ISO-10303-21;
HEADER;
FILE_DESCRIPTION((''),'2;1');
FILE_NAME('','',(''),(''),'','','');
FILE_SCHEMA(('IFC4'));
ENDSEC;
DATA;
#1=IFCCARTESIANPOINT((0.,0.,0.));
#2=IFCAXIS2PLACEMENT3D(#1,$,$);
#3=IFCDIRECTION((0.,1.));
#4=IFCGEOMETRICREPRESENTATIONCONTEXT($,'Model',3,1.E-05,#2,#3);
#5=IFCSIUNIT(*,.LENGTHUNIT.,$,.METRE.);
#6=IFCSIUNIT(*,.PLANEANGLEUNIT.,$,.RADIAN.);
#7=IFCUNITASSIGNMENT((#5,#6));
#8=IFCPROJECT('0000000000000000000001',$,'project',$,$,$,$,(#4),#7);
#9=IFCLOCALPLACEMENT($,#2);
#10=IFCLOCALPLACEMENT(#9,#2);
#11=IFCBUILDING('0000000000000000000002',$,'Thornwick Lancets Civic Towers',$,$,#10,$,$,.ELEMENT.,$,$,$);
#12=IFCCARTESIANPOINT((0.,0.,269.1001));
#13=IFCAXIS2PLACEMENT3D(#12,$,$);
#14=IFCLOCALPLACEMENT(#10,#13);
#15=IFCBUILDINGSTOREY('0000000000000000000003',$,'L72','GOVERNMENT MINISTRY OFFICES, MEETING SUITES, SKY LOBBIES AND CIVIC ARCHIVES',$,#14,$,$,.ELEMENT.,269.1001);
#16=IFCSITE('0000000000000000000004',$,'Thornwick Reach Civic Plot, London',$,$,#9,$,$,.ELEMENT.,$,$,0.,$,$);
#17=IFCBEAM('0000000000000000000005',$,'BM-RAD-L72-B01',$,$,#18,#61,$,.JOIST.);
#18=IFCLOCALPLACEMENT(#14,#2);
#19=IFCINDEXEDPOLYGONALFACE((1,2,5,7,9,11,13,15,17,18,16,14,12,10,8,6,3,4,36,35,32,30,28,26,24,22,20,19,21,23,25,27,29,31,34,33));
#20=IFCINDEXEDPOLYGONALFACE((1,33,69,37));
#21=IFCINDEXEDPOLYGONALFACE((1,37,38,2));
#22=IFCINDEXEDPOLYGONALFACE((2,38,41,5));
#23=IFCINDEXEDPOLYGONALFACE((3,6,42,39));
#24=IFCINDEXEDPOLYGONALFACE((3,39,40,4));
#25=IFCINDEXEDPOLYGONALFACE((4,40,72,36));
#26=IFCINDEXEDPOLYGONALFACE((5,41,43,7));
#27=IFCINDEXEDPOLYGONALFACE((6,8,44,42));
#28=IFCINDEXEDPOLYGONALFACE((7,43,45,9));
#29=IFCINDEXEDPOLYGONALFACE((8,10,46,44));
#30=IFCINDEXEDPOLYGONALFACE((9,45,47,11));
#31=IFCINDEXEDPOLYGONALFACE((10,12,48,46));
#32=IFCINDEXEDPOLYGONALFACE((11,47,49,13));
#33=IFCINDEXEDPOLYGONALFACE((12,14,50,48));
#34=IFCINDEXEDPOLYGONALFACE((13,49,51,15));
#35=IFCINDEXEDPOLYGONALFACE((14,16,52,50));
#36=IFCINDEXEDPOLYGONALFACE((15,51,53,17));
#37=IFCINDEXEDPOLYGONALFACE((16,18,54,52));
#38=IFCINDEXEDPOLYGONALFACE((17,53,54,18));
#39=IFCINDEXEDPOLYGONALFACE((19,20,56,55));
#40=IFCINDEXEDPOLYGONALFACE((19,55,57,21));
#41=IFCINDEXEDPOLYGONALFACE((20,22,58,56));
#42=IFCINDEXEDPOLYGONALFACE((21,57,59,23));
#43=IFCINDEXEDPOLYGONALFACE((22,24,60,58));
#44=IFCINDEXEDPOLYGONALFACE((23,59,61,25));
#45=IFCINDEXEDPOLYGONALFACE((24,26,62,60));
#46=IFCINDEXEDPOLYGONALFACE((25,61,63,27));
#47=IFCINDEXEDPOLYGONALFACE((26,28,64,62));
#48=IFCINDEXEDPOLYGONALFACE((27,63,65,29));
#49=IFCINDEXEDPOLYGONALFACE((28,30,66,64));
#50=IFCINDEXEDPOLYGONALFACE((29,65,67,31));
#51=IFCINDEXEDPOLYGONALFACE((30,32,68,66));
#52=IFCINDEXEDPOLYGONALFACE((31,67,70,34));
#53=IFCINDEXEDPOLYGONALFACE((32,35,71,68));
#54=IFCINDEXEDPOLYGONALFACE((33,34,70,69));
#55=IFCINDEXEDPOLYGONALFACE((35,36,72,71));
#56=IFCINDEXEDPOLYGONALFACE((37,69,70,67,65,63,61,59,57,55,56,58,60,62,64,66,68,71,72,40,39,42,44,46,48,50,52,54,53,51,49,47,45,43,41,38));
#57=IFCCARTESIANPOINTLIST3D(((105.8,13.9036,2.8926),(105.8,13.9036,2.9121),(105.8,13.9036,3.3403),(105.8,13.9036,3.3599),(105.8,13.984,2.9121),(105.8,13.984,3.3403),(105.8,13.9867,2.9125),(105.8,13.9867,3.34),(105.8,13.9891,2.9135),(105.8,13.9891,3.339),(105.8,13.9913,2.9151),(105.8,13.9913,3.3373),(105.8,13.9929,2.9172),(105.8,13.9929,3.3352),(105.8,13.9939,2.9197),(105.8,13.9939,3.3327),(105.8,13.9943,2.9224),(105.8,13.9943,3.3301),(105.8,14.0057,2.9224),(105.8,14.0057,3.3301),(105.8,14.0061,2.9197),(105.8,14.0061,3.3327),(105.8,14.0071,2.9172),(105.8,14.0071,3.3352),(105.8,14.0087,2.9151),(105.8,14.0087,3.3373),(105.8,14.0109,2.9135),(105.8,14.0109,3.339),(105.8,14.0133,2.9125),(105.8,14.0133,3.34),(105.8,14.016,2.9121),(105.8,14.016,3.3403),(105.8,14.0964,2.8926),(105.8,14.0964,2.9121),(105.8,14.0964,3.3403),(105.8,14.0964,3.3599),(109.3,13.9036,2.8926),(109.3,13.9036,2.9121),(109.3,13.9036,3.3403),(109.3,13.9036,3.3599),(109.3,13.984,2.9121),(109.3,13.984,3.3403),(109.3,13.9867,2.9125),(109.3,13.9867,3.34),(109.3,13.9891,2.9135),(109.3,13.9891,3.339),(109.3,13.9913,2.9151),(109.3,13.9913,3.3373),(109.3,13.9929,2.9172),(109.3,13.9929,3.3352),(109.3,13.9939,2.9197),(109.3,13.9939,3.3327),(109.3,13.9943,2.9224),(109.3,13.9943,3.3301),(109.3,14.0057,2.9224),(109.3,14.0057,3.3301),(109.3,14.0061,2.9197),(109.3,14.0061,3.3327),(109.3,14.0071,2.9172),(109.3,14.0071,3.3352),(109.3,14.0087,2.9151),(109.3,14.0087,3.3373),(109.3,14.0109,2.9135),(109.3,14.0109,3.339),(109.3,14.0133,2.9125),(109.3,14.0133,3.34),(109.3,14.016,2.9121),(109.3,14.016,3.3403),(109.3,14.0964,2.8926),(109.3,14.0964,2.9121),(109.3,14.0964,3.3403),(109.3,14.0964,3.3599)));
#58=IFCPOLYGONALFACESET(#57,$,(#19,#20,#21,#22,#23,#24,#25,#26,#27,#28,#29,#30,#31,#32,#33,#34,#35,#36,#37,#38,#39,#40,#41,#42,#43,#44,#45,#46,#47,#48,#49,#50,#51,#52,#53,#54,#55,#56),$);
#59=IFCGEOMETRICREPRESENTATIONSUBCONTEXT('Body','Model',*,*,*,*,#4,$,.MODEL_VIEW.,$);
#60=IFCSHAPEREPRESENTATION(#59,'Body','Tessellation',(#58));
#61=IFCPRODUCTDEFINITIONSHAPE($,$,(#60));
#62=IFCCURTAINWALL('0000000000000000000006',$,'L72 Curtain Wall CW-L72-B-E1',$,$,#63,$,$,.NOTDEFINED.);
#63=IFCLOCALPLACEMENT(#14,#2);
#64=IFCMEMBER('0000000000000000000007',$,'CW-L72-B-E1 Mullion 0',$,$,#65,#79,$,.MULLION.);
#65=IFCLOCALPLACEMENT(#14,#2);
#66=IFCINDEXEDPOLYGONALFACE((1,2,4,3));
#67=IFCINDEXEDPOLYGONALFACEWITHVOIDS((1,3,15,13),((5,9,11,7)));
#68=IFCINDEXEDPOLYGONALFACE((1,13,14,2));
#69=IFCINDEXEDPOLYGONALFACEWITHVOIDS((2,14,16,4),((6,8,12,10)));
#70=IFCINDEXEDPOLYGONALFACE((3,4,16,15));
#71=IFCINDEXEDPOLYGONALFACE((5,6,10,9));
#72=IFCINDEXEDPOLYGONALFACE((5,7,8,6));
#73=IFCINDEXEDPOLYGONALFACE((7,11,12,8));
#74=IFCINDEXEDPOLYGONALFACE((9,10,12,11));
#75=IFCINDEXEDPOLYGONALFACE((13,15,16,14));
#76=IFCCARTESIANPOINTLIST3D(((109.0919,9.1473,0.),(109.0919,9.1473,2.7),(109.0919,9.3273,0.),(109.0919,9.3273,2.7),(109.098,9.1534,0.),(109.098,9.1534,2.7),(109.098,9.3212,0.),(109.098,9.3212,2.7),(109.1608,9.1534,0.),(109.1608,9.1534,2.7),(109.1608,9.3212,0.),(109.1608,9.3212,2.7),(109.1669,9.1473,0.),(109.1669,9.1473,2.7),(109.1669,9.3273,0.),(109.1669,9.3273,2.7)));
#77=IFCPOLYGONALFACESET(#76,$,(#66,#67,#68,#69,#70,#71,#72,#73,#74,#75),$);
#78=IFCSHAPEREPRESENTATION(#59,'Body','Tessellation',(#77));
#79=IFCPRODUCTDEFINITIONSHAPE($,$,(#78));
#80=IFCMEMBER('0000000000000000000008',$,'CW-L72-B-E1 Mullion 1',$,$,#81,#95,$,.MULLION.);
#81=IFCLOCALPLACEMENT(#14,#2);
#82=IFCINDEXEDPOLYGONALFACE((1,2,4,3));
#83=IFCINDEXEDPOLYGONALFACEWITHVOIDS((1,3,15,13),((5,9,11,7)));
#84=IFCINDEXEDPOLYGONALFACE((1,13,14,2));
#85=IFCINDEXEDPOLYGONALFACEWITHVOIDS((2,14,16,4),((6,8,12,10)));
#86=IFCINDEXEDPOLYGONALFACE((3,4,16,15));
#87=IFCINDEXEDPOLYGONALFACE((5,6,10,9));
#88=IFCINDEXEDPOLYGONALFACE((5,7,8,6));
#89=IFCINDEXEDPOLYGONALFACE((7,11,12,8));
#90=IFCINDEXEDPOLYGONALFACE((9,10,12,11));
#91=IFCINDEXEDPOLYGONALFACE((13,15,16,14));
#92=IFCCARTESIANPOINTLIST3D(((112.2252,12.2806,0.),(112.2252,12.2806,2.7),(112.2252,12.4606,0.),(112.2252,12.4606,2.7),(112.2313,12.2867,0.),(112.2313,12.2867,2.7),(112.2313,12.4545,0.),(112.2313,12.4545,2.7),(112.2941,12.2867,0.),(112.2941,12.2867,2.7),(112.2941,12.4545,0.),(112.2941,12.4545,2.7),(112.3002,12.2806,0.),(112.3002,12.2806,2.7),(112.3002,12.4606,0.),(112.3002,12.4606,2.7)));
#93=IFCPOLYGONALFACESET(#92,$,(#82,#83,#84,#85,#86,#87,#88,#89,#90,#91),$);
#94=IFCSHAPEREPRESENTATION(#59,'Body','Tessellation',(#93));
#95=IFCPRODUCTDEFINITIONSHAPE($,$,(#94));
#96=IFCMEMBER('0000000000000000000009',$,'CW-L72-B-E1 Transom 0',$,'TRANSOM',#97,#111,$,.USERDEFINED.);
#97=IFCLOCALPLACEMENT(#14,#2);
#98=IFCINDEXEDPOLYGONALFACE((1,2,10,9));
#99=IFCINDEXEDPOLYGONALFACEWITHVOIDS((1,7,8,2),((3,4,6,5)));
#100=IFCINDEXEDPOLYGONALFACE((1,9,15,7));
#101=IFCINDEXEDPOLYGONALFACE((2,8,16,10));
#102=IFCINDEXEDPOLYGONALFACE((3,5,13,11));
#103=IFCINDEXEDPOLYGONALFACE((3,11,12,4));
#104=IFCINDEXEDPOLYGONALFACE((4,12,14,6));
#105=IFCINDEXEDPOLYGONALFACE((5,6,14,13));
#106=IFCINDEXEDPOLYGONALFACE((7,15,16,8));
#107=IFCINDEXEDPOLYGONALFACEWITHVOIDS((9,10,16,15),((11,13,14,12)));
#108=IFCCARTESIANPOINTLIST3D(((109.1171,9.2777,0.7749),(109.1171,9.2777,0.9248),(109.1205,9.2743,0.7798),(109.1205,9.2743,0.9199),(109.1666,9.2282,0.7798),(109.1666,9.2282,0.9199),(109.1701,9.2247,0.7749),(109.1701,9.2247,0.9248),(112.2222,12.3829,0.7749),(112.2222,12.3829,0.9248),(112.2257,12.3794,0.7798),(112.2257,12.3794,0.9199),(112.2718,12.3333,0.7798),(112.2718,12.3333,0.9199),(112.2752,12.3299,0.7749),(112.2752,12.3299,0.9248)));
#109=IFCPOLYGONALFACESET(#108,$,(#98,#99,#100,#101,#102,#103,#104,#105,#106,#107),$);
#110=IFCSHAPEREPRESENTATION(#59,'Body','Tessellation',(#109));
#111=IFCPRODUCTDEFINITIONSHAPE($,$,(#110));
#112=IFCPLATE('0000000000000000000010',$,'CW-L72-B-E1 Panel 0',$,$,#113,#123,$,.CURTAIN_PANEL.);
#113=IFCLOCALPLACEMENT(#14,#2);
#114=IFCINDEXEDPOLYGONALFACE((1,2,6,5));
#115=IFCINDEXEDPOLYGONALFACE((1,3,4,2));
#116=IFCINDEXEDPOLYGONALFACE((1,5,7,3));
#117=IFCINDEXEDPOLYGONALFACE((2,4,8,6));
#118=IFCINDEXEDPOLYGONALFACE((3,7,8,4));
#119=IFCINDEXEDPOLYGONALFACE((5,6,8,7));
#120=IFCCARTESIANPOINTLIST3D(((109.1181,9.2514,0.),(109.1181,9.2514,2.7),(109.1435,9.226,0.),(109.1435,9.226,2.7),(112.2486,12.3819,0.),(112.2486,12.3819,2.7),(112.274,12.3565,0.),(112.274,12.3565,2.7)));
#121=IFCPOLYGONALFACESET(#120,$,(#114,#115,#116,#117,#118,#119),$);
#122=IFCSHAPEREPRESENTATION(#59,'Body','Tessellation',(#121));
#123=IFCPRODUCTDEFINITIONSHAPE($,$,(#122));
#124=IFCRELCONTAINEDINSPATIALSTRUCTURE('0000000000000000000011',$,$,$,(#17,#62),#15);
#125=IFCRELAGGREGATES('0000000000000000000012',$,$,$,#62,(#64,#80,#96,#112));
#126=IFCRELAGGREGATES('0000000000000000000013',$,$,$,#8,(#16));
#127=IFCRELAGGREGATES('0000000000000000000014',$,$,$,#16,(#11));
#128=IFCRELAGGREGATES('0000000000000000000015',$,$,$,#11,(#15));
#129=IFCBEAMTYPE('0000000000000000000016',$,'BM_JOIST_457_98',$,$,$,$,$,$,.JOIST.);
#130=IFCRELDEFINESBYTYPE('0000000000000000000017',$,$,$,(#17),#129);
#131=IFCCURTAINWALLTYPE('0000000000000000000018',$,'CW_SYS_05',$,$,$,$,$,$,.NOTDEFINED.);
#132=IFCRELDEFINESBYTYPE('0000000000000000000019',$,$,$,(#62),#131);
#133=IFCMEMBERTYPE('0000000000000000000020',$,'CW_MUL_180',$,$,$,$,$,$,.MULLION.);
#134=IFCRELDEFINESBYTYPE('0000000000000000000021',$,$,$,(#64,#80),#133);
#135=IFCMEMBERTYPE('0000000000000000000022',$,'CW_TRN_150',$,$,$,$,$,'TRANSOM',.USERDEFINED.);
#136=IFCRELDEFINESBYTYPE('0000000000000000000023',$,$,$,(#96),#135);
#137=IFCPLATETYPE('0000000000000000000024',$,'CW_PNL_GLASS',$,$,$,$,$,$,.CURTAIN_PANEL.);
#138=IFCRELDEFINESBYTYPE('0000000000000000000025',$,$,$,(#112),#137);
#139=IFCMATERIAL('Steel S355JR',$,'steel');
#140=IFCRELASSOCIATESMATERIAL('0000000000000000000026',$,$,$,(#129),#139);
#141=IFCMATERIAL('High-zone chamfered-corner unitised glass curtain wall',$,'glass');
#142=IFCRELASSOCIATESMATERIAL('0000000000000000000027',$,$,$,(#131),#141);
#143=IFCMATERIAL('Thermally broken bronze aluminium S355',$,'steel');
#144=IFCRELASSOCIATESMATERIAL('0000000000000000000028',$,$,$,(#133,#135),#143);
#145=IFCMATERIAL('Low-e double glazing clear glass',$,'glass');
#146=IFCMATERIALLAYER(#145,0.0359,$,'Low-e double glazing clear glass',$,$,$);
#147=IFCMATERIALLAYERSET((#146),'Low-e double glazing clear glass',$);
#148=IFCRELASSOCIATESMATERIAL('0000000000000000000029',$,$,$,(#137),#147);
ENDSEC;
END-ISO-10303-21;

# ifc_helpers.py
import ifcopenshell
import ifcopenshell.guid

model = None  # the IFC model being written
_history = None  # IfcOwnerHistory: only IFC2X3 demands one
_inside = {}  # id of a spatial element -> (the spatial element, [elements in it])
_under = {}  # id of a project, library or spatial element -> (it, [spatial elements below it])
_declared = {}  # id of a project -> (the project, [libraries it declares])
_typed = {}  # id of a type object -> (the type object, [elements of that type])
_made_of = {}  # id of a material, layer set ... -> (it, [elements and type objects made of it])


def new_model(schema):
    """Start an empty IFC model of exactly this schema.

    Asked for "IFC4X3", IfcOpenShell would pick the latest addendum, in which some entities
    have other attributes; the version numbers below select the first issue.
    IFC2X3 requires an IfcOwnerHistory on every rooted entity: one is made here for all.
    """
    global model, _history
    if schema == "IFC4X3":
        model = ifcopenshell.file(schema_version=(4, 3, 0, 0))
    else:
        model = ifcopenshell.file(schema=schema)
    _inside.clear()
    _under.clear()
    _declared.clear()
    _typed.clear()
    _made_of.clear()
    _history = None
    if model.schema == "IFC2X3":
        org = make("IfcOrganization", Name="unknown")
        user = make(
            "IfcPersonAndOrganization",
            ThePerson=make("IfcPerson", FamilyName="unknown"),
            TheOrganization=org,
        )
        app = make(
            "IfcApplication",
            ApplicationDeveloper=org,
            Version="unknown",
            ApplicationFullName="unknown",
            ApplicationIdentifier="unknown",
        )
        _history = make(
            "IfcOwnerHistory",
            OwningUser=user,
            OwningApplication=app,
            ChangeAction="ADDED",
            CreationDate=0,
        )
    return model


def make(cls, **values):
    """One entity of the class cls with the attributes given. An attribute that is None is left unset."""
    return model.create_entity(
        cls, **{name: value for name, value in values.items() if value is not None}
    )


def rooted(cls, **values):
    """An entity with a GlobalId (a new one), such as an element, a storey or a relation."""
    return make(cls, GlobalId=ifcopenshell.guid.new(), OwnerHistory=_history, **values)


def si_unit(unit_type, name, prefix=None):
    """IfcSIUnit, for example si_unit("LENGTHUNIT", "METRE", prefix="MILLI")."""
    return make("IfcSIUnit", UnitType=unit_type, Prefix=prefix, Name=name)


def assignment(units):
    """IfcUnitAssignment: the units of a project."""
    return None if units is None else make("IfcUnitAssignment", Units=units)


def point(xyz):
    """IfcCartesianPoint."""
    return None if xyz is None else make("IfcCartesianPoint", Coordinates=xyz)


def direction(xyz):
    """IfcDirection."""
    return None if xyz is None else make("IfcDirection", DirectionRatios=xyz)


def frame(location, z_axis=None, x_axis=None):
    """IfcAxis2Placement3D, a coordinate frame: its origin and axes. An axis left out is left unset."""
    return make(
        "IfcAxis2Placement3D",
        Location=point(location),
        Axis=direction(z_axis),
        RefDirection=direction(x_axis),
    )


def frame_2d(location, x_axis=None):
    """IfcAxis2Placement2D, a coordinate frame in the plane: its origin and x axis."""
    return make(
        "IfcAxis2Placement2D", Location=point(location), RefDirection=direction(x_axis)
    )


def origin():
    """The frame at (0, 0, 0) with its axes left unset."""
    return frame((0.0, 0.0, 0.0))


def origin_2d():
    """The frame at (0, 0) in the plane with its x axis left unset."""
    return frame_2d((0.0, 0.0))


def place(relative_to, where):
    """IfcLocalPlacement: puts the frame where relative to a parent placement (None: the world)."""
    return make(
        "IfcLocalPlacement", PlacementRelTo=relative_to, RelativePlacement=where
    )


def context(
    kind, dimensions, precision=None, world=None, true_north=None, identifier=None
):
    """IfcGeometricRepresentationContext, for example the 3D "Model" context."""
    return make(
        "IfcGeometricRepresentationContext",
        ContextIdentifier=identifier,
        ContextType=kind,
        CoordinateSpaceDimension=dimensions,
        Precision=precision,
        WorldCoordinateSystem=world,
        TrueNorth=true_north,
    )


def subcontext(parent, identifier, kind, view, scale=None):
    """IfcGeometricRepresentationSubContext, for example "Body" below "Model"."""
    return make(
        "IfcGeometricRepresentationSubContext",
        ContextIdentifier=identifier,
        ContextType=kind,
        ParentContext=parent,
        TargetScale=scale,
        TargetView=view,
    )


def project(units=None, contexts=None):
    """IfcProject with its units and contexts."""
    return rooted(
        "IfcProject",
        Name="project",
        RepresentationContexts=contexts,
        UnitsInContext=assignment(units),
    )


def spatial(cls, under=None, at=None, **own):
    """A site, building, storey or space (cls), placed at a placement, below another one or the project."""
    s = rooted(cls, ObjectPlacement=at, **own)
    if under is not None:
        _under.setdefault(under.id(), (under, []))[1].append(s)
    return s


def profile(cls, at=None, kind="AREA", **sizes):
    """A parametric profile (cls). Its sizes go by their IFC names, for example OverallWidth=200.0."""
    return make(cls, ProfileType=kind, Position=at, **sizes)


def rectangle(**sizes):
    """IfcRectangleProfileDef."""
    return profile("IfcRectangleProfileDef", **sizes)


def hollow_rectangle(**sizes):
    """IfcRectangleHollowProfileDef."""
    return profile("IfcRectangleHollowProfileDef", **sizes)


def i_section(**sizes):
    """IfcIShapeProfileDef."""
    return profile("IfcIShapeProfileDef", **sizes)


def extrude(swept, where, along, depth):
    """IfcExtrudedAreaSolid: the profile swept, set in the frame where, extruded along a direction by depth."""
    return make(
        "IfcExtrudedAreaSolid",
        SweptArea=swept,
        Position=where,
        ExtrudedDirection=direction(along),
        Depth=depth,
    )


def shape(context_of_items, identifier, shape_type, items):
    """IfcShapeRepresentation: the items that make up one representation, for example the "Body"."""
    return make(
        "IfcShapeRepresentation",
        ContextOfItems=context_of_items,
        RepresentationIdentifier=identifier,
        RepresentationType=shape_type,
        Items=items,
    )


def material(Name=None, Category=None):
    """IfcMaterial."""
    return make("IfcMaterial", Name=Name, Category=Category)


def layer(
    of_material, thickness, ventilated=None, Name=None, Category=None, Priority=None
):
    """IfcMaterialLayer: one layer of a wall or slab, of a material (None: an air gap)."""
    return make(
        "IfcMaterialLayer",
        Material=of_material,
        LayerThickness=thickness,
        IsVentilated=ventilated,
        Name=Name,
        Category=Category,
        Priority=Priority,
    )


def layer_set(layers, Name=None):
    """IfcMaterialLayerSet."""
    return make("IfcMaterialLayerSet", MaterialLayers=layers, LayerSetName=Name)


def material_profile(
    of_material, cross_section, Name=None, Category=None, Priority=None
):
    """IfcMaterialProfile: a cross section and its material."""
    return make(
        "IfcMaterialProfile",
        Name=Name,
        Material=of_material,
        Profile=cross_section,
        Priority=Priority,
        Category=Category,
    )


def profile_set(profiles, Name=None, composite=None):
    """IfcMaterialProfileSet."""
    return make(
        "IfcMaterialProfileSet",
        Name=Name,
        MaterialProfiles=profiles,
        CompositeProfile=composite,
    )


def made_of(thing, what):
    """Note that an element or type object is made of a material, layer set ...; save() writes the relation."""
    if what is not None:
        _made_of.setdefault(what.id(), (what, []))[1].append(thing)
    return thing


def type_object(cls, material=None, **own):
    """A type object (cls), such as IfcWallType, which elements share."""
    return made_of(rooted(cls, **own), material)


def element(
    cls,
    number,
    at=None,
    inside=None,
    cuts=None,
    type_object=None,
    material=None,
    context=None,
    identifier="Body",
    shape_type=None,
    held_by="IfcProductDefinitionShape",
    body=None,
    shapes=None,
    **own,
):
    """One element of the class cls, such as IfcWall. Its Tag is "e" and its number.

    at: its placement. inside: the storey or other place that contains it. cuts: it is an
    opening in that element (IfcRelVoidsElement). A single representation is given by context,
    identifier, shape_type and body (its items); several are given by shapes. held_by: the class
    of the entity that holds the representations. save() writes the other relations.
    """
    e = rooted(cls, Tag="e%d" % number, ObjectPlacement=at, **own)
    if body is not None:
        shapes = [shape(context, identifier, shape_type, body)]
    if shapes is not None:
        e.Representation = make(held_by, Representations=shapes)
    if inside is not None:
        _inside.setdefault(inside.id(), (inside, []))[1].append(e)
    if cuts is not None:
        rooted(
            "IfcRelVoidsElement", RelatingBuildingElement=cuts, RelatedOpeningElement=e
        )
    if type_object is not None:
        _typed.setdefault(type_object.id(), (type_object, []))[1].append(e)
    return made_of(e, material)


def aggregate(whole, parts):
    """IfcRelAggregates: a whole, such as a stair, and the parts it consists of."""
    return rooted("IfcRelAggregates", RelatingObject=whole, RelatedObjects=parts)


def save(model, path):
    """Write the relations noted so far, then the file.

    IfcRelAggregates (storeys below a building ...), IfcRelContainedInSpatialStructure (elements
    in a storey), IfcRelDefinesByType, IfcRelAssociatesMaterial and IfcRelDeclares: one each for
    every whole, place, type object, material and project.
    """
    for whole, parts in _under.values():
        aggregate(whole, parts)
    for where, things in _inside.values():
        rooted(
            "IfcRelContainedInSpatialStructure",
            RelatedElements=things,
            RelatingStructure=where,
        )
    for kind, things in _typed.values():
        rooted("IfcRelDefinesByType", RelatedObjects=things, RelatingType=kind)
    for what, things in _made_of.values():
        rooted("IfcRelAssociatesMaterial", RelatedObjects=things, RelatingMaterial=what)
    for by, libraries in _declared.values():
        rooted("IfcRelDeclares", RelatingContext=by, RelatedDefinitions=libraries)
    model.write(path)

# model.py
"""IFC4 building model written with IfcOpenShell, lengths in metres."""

from ifc_helpers import new_model, si_unit, direction, frame, origin, origin_2d, place, context, subcontext, project, spatial, rectangle, hollow_rectangle, i_section, extrude, material, layer, layer_set, material_profile, profile_set, type_object, element, aggregate, save


model = new_model("IFC4")

# Units and contexts
model_context = context("Model", 3, precision=1e-05, world=origin(), true_north=direction((0.0, 1.0)))
body_context = subcontext(model_context, "Body", "Model", "MODEL_VIEW")
ifc_project = project(units=[si_unit("LENGTHUNIT", "METRE"), si_unit("PLANEANGLEUNIT", "RADIAN")], contexts=[model_context])

# Site, building, storey
site_placement = place(None, origin())
site = spatial("IfcSite", under=ifc_project, at=site_placement, Name="Thornwick Reach Civic Plot, London", CompositionType="ELEMENT", RefElevation=0.0)
building_placement = place(site_placement, origin())
building = spatial("IfcBuilding", under=site, at=building_placement, Name="Thornwick Lancets Civic Towers", CompositionType="ELEMENT")
storey_placement = place(building_placement, frame((0.0, 0.0, 269.1001)))
storey = spatial("IfcBuildingStorey", under=building, at=storey_placement, Name="L72", Description="GOVERNMENT MINISTRY OFFICES, MEETING SUITES, SKY LOBBIES AND CIVIC ARCHIVES", CompositionType="ELEMENT", Elevation=269.1001)

# Shared definitions
ifc_material_1 = material(Name="Steel S355JR", Category="steel")

# Beam
ifc_material_profile_1 = material_profile(ifc_material_1, i_section(OverallWidth=0.1929, OverallDepth=0.4673, WebThickness=0.0115, FlangeThickness=0.0195, FilletRadius=0.0103, at=origin_2d()), Name="UKB 457x191x98")
ifc_profile_set_1 = profile_set([ifc_material_profile_1], Name="Steel S355JR")
beam_type_1 = type_object("IfcBeamType", Name="BM_JOIST_457_98", PredefinedType="JOIST", material=ifc_profile_set_1)
beam_placement = place(storey_placement, frame((105.8, 14.0, 3.1262), z_axis=(1.0, 0.0, 0.0), x_axis=(0.0, 1.0, 0.0)))
element("IfcBeam", 1, at=beam_placement, inside=storey, type_object=beam_type_1, Name="BM-RAD-L72-B01", PredefinedType="JOIST", context=body_context, shape_type="SweptSolid", body=[
    extrude(i_section(OverallWidth=0.1929, OverallDepth=0.4673, WebThickness=0.0115, FlangeThickness=0.0195, FilletRadius=0.0103, at=origin_2d()), origin(), (0.0, 0.0, 1.0), 3.5),
])

# Curtain wall, members, plate
ifc_material_2 = material(Name="High-zone chamfered-corner unitised glass curtain wall", Category="glass")
curtain_wall_type = type_object("IfcCurtainWallType", Name="CW_SYS_05", PredefinedType="NOTDEFINED", material=ifc_material_2)
curtain_wall_placement = place(storey_placement, origin())
curtain_wall = element("IfcCurtainWall", 2, at=curtain_wall_placement, inside=storey, type_object=curtain_wall_type, Name="L72 Curtain Wall CW-L72-B-E1", PredefinedType="NOTDEFINED")
ifc_material_3 = material(Name="Thermally broken bronze aluminium S355", Category="steel")
ifc_material_profile_2 = material_profile(ifc_material_3, hollow_rectangle(XDim=0.075, YDim=0.1799, WallThickness=0.0061, at=origin_2d()), Name="RHS 180x75x6")
ifc_profile_set_2 = profile_set([ifc_material_profile_2], Name="Thermally broken bronze aluminium S355")
member_type_1 = type_object("IfcMemberType", Name="CW_MUL_180", PredefinedType="MULLION", material=ifc_profile_set_2)
member_1_placement = place(storey_placement, frame((109.1294, 9.2373, 0.0), z_axis=(0.0, 0.0, 1.0), x_axis=(1.0, 0.0, 0.0)))
member_1 = element("IfcMember", 3, at=member_1_placement, type_object=member_type_1, Name="CW-L72-B-E1 Mullion 0", PredefinedType="MULLION", context=body_context, shape_type="SweptSolid", body=[
    extrude(hollow_rectangle(XDim=0.075, YDim=0.1799, WallThickness=0.0061, at=origin_2d()), origin(), (0.0, 0.0, 1.0), 2.7),
])
member_2_placement = place(storey_placement, frame((112.2627, 12.3706, 0.0), z_axis=(0.0, 0.0, 1.0), x_axis=(1.0, 0.0, 0.0)))
member_2 = element("IfcMember", 4, at=member_2_placement, type_object=member_type_1, Name="CW-L72-B-E1 Mullion 1", PredefinedType="MULLION", context=body_context, shape_type="SweptSolid", body=[
    extrude(hollow_rectangle(XDim=0.075, YDim=0.1799, WallThickness=0.0061, at=origin_2d()), origin(), (0.0, 0.0, 1.0), 2.7),
])
ifc_material_profile_3 = material_profile(ifc_material_3, hollow_rectangle(XDim=0.075, YDim=0.1499, WallThickness=0.0049, at=origin_2d()), Name="RHS 150x75x5")
ifc_profile_set_3 = profile_set([ifc_material_profile_3], Name="Thermally broken bronze aluminium S355")
member_type_2 = type_object("IfcMemberType", Name="CW_TRN_150", ElementType="TRANSOM", PredefinedType="USERDEFINED", material=ifc_profile_set_3)
member_3_placement = place(storey_placement, frame((109.1436, 9.2512, 0.8499), z_axis=(0.707107, 0.707107, 0.0), x_axis=(-0.707107, 0.707107, 0.0)))
member_3 = element("IfcMember", 5, at=member_3_placement, type_object=member_type_2, Name="CW-L72-B-E1 Transom 0", ObjectType="TRANSOM", PredefinedType="USERDEFINED", context=body_context, shape_type="SweptSolid", body=[
    extrude(hollow_rectangle(XDim=0.075, YDim=0.1499, WallThickness=0.0049, at=origin_2d()), origin(), (0.0, 0.0, 1.0), 4.3914),
])
ifc_material_4 = material(Name="Low-e double glazing clear glass", Category="glass")
ifc_layer_1 = layer(ifc_material_4, 0.0359, Name="Low-e double glazing clear glass")
ifc_layer_set_1 = layer_set([ifc_layer_1], Name="Low-e double glazing clear glass")
plate_type = type_object("IfcPlateType", Name="CW_PNL_GLASS", PredefinedType="CURTAIN_PANEL", material=ifc_layer_set_1)
plate_placement = place(storey_placement, frame((110.696, 10.804, 0.0), z_axis=(0.0, 0.0, 1.0), x_axis=(0.707107, 0.707107, 0.0)))
plate = element("IfcPlate", 6, at=plate_placement, type_object=plate_type, Name="CW-L72-B-E1 Panel 0", PredefinedType="CURTAIN_PANEL", context=body_context, shape_type="SweptSolid", body=[
    extrude(rectangle(XDim=4.4272, YDim=0.0359, at=origin_2d()), origin(), (0.0, 0.0, 1.0), 2.7),
])
aggregate(curtain_wall, [member_1, member_2, member_3, plate])

save(model, "model.ifc")
